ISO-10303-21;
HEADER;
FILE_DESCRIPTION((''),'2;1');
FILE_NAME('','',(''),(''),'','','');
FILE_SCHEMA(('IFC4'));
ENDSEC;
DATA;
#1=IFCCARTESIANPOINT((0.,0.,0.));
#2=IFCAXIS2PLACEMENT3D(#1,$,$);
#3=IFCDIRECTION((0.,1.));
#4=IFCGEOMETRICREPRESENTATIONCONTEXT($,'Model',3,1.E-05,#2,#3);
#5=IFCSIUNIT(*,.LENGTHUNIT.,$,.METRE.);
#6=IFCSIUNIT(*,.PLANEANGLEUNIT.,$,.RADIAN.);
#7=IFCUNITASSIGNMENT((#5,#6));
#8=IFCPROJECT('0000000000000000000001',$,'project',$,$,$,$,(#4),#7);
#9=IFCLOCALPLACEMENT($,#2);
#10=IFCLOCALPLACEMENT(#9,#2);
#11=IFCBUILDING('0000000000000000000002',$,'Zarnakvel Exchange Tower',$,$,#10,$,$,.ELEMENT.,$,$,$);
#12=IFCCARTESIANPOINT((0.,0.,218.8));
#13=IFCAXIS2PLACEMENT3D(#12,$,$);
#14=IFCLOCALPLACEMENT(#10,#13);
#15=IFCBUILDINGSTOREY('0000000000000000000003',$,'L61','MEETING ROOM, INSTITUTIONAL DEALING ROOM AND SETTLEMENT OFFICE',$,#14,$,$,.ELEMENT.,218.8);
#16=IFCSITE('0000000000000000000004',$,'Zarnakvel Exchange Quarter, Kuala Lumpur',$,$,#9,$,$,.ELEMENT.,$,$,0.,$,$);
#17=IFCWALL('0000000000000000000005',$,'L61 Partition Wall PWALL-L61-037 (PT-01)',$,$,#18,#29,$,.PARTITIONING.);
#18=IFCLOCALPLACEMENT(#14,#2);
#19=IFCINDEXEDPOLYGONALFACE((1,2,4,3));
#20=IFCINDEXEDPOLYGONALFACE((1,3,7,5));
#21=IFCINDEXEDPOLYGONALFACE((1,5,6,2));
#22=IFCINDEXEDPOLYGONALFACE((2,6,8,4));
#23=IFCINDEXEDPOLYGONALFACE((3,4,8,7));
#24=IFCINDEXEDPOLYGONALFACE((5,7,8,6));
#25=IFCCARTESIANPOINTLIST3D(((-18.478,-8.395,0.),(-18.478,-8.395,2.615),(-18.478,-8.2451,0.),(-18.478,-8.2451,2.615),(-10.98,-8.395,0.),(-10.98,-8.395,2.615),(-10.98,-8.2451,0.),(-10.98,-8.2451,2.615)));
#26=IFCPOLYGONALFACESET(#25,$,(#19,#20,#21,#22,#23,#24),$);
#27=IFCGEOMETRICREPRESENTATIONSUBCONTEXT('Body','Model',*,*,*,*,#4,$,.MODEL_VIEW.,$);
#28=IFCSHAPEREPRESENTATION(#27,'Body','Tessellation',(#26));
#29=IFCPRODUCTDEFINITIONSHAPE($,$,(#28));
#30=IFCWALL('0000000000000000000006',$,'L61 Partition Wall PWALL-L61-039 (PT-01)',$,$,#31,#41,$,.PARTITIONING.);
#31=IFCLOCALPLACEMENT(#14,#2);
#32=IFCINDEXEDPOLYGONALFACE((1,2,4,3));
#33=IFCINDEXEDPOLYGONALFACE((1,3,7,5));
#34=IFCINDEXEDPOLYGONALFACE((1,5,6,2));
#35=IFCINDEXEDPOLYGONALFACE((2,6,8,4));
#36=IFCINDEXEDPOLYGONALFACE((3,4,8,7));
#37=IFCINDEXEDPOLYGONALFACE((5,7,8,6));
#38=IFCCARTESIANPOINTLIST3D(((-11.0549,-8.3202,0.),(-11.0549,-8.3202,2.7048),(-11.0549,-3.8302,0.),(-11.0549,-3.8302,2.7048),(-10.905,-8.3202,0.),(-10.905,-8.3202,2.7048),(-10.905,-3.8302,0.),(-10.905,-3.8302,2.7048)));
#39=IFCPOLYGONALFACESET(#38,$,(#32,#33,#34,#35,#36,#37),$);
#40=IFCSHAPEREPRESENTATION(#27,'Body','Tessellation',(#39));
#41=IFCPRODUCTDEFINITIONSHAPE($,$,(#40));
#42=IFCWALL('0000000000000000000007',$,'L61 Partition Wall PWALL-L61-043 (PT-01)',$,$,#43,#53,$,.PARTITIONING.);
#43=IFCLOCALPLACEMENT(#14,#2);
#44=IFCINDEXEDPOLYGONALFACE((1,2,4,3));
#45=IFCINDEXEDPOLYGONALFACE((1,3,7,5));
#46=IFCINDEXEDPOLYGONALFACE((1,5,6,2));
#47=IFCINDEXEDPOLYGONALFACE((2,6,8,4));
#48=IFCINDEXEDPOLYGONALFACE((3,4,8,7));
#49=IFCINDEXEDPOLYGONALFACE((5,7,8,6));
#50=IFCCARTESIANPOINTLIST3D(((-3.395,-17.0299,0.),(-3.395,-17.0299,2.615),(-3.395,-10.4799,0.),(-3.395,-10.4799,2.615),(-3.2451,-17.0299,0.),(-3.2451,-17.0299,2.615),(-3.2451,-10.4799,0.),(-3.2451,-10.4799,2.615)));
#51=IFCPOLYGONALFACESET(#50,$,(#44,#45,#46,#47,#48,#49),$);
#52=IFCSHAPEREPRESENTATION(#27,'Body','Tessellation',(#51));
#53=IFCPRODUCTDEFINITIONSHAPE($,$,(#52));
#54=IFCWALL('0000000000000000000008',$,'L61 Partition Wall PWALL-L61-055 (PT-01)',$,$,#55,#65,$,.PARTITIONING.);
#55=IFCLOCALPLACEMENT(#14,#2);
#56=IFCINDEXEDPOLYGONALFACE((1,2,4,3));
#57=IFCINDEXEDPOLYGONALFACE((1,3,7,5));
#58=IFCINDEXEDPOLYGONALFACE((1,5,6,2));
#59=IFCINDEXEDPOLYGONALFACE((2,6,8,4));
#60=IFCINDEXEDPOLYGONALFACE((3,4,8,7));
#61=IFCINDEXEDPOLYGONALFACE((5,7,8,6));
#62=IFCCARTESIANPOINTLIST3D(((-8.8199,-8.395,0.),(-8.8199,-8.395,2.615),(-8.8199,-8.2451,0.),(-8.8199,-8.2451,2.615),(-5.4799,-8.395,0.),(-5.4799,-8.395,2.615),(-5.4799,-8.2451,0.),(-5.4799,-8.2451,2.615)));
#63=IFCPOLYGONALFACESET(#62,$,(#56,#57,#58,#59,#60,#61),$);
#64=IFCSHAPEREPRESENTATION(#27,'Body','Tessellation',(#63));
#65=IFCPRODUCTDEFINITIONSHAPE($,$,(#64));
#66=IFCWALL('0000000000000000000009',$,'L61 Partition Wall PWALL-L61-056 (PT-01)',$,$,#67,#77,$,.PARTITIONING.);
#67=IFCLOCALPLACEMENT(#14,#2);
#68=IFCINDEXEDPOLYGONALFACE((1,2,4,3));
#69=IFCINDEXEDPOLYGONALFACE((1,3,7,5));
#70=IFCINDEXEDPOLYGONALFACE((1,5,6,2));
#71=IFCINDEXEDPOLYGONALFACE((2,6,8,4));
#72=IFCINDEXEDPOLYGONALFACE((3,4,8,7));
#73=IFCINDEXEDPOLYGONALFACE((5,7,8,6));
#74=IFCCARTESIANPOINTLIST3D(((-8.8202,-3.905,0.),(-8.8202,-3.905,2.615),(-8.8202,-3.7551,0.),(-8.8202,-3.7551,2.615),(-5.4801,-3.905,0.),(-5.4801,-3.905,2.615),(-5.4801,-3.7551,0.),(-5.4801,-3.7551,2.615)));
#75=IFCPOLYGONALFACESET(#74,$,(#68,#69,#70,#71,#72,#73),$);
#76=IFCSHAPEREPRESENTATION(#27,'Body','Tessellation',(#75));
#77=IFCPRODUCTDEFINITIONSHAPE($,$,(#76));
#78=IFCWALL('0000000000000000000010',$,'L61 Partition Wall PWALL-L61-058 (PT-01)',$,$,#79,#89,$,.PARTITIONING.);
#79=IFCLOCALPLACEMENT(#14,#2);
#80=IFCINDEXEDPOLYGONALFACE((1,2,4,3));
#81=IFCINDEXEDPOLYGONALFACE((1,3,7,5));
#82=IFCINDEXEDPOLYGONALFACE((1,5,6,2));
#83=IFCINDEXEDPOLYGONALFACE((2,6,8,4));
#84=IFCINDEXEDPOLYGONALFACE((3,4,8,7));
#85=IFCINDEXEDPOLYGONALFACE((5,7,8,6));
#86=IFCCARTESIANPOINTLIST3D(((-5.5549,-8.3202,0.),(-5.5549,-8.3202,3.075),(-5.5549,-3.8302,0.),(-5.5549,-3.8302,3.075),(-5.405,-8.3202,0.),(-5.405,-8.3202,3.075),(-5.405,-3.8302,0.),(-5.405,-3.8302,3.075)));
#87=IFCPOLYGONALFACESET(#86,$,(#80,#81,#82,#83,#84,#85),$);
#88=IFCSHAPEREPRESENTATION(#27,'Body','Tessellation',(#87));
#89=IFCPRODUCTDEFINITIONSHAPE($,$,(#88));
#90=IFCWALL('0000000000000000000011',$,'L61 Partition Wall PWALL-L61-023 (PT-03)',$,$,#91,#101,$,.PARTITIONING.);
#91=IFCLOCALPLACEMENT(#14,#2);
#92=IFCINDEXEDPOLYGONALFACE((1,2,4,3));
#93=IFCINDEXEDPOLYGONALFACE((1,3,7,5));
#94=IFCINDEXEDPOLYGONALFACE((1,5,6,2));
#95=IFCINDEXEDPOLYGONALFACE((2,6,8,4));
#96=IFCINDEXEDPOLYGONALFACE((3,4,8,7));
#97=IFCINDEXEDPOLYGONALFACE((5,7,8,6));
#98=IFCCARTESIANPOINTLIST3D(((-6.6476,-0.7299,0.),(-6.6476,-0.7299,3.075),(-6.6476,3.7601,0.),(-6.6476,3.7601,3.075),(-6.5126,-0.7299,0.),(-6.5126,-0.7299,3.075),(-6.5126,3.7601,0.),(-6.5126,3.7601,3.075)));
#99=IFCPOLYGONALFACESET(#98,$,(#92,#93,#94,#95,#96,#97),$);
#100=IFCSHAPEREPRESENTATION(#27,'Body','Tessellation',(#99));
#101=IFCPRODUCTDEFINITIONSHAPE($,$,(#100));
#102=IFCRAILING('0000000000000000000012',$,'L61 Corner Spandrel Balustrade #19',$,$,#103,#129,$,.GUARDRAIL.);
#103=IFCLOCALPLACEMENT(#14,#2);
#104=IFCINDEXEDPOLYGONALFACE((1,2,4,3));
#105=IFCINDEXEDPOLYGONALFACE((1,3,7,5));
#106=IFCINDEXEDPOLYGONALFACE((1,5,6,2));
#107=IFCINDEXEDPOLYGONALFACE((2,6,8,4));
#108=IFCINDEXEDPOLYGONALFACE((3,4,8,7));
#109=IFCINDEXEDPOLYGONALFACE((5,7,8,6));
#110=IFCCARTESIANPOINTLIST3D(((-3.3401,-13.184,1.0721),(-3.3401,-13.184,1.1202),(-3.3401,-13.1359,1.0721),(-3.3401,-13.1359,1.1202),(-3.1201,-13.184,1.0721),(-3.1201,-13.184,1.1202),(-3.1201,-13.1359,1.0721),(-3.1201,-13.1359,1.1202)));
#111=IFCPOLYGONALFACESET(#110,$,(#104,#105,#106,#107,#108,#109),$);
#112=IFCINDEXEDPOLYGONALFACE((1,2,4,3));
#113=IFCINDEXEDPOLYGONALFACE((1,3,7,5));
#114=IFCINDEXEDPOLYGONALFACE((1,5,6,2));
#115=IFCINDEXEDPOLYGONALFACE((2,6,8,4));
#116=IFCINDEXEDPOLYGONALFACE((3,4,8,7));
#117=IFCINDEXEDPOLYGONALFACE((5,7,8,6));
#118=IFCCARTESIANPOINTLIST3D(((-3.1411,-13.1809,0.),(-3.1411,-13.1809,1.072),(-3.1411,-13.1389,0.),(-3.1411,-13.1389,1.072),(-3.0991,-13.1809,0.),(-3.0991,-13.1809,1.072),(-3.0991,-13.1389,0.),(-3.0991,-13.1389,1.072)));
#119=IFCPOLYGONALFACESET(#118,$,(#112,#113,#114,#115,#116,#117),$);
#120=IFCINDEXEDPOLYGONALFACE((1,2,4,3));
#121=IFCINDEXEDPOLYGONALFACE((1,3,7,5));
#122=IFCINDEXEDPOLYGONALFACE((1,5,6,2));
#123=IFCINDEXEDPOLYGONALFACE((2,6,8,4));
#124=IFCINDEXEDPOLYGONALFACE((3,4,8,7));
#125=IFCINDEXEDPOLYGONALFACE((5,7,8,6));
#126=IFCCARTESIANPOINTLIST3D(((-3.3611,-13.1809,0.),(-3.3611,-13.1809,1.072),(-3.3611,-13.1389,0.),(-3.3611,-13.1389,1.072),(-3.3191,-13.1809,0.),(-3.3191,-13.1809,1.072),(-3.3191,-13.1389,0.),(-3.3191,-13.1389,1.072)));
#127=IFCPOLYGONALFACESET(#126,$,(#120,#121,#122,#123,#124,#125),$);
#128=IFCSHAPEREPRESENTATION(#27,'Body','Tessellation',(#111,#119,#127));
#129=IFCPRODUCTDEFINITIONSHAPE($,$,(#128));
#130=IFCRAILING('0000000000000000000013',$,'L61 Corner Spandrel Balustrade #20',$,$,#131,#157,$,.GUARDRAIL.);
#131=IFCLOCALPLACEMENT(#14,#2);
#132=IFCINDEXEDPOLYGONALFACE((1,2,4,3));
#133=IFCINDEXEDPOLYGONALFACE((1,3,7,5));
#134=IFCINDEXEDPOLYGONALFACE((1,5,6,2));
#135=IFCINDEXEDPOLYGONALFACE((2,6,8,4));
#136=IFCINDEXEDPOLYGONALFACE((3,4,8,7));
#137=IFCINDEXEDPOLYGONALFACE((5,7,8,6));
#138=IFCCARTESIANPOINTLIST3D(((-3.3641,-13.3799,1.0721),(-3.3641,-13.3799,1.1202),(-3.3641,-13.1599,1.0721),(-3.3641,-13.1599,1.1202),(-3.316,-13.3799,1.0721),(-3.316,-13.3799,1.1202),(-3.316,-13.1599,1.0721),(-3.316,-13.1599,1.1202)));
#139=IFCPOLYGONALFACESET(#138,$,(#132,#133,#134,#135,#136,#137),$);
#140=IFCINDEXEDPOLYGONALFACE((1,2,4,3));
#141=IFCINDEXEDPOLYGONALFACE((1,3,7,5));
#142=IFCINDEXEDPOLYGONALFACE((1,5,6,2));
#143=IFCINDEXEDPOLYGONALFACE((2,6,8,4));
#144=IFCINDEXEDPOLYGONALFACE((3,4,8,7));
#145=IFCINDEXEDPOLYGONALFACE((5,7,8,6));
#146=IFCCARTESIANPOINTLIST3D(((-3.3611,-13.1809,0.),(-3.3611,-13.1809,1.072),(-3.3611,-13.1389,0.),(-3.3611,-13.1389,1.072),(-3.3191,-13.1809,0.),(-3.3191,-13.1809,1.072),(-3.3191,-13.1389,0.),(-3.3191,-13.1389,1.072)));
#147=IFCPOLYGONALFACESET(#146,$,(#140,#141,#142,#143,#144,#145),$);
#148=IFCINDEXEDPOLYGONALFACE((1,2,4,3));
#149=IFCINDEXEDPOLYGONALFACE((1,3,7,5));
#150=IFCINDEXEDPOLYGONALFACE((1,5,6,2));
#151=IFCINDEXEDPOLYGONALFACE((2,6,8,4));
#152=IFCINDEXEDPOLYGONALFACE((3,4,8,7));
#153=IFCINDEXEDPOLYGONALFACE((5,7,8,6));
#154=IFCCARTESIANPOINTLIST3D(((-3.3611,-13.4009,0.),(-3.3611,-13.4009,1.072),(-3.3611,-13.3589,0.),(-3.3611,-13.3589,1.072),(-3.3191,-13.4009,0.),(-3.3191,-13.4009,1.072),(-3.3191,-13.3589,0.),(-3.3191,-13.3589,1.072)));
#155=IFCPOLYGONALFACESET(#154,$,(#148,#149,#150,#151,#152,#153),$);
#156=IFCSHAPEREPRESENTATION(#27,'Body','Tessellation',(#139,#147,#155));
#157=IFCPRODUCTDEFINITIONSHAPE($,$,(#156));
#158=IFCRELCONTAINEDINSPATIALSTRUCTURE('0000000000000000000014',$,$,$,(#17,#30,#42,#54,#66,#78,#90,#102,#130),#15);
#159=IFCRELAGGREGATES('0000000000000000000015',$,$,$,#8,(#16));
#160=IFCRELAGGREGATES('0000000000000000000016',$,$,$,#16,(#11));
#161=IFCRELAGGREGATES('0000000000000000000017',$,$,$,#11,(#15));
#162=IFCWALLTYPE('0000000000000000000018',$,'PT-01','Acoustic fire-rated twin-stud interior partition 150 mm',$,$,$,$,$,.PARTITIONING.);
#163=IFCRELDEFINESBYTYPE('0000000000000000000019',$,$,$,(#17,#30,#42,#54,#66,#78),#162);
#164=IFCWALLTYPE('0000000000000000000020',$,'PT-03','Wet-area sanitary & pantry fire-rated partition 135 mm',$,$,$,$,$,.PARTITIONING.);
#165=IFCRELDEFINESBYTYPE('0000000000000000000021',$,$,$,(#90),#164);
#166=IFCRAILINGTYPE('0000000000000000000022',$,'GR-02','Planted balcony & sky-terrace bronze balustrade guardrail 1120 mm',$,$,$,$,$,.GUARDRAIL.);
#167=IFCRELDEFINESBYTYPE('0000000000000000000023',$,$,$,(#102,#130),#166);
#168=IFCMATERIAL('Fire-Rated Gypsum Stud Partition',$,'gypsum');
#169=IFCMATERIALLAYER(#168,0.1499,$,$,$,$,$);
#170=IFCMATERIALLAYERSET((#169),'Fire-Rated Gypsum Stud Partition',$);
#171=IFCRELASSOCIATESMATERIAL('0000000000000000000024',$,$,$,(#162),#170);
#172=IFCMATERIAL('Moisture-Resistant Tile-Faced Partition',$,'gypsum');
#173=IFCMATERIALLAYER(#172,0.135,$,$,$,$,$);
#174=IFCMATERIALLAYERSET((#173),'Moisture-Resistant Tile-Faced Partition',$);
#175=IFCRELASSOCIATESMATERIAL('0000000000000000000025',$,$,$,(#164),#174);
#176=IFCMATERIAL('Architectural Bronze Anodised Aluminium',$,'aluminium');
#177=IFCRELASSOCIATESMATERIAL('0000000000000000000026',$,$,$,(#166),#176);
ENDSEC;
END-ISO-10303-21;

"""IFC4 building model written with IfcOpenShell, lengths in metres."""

from ifc_helpers import new_model, si_unit, direction, frame, frame_2d, origin, origin_2d, place, context, subcontext, project, spatial, rectangle, extrude, material, layer, layer_set, type_object, element, save


model = new_model("IFC4")

# Units and contexts
model_context = context("Model", 3, precision=1e-05, world=origin(), true_north=direction((0.0, 1.0)))
body_context = subcontext(model_context, "Body", "Model", "MODEL_VIEW")
ifc_project = project(units=[si_unit("LENGTHUNIT", "METRE"), si_unit("PLANEANGLEUNIT", "RADIAN")], contexts=[model_context])

# Site, building, storey
site_placement = place(None, origin())
site = spatial("IfcSite", under=ifc_project, at=site_placement, Name="Zarnakvel Exchange Quarter, Kuala Lumpur", CompositionType="ELEMENT", RefElevation=0.0)
building_placement = place(site_placement, origin())
building = spatial("IfcBuilding", under=site, at=building_placement, Name="Zarnakvel Exchange Tower", CompositionType="ELEMENT")
storey_placement = place(building_placement, frame((0.0, 0.0, 218.8)))
storey = spatial("IfcBuildingStorey", under=building, at=storey_placement, Name="L61", Description="MEETING ROOM, INSTITUTIONAL DEALING ROOM AND SETTLEMENT OFFICE", CompositionType="ELEMENT", Elevation=218.8)

# Shared definitions
ifc_material_1 = material(Name="Architectural Bronze Anodised Aluminium", Category="aluminium")

# Walls
ifc_material_2 = material(Name="Fire-Rated Gypsum Stud Partition", Category="gypsum")
ifc_layer_1 = layer(ifc_material_2, 0.1499)
ifc_layer_set_1 = layer_set([ifc_layer_1], Name="Fire-Rated Gypsum Stud Partition")
wall_type_1 = type_object("IfcWallType", Name="PT-01", Description="Acoustic fire-rated twin-stud interior partition 150 mm", PredefinedType="PARTITIONING", material=ifc_layer_set_1)
wall_1_placement = place(storey_placement, frame((-10.98, -8.3201, 0.0), z_axis=(0.0, 0.0, 1.0), x_axis=(-1.0, 0.0, 0.0)))
element("IfcWall", 1, at=wall_1_placement, inside=storey, type_object=wall_type_1, Name="L61 Partition Wall PWALL-L61-037 (PT-01)", PredefinedType="PARTITIONING", context=body_context, shape_type="SweptSolid", body=[
    extrude(rectangle(XDim=7.498, YDim=0.1499, at=frame_2d((3.749, 0.0))), origin(), (0.0, 0.0, 1.0), 2.615),
])
wall_2_placement = place(storey_placement, frame((-10.98, -3.8301, 0.0), z_axis=(0.0, 0.0, 1.0), x_axis=(0.0, -1.0, 0.0)))
element("IfcWall", 2, at=wall_2_placement, inside=storey, type_object=wall_type_1, Name="L61 Partition Wall PWALL-L61-039 (PT-01)", PredefinedType="PARTITIONING", context=body_context, shape_type="SweptSolid", body=[
    extrude(rectangle(XDim=4.49, YDim=0.1499, at=frame_2d((2.2451, 0.0))), origin(), (0.0, 0.0, 1.0), 2.7048),
])
wall_3_placement = place(storey_placement, frame((-3.3201, -10.48, 0.0), z_axis=(0.0, 0.0, 1.0), x_axis=(0.0, -1.0, 0.0)))
element("IfcWall", 3, at=wall_3_placement, inside=storey, type_object=wall_type_1, Name="L61 Partition Wall PWALL-L61-043 (PT-01)", PredefinedType="PARTITIONING", context=body_context, shape_type="SweptSolid", body=[
    extrude(rectangle(XDim=6.55, YDim=0.1499, at=frame_2d((3.2749, 0.0))), origin(), (0.0, 0.0, 1.0), 2.615),
])
for number, where, z_axis, x_axis, name in (
    (4, (-5.48, -8.3201, 0.0), (0.0, 0.0, 1.0), (-1.0, 0.0, 0.0), "L61 Partition Wall PWALL-L61-055 (PT-01)"),
    (5, (-8.8201, -3.8301, 0.0), (0.0, 0.0, 1.0), (1.0, 0.0, 0.0), "L61 Partition Wall PWALL-L61-056 (PT-01)"),
):
    element("IfcWall", number, at=place(storey_placement, frame(where, z_axis=z_axis, x_axis=x_axis)), inside=storey, type_object=wall_type_1, Name=name, PredefinedType="PARTITIONING", context=body_context, shape_type="SweptSolid", body=[
        extrude(rectangle(XDim=3.3401, YDim=0.1499, at=frame_2d((1.6699, 0.0))), origin(), (0.0, 0.0, 1.0), 2.615),
    ])

# Walls
wall_4_placement = place(storey_placement, frame((-5.48, -3.8301, 0.0), z_axis=(0.0, 0.0, 1.0), x_axis=(0.0, -1.0, 0.0)))
element("IfcWall", 6, at=wall_4_placement, inside=storey, type_object=wall_type_1, Name="L61 Partition Wall PWALL-L61-058 (PT-01)", PredefinedType="PARTITIONING", context=body_context, shape_type="SweptSolid", body=[
    extrude(rectangle(XDim=4.49, YDim=0.1499, at=frame_2d((2.2451, 0.0))), origin(), (0.0, 0.0, 1.0), 3.075),
])
ifc_material_3 = material(Name="Moisture-Resistant Tile-Faced Partition", Category="gypsum")
ifc_layer_2 = layer(ifc_material_3, 0.135)
ifc_layer_set_2 = layer_set([ifc_layer_2], Name="Moisture-Resistant Tile-Faced Partition")
wall_type_2 = type_object("IfcWallType", Name="PT-03", Description="Wet-area sanitary & pantry fire-rated partition 135 mm", PredefinedType="PARTITIONING", material=ifc_layer_set_2)
wall_5_placement = place(storey_placement, frame((-6.5801, -0.73, 0.0), z_axis=(0.0, 0.0, 1.0), x_axis=(0.0, 1.0, 0.0)))
element("IfcWall", 7, at=wall_5_placement, inside=storey, type_object=wall_type_2, Name="L61 Partition Wall PWALL-L61-023 (PT-03)", PredefinedType="PARTITIONING", context=body_context, shape_type="SweptSolid", body=[
    extrude(rectangle(XDim=4.49, YDim=0.135, at=frame_2d((2.2451, 0.0))), origin(), (0.0, 0.0, 1.0), 3.075),
])

# Railings
railing_type_1 = type_object("IfcRailingType", Name="GR-02", Description="Planted balcony & sky-terrace bronze balustrade guardrail 1120 mm", PredefinedType="GUARDRAIL", material=ifc_material_1)
railing_1_placement = place(storey_placement, frame((-3.1201, -13.1599, 0.0)))
element("IfcRailing", 8, at=railing_1_placement, inside=storey, type_object=railing_type_1, Name="L61 Corner Spandrel Balustrade #19", PredefinedType="GUARDRAIL", context=body_context, shape_type="SweptSolid", body=[
    extrude(rectangle(XDim=0.0481, YDim=0.0481, at=origin_2d()), frame((0.0, 0.0, 1.0962), z_axis=(-1.0, 0.0, 0.0), x_axis=(0.0, -1.0, 0.0)), (0.0, 0.0, 1.0), 0.22),
    extrude(rectangle(XDim=0.042, YDim=0.042, at=origin_2d()), origin(), (0.0, 0.0, 1.0), 1.072),
    extrude(rectangle(XDim=0.042, YDim=0.042, at=origin_2d()), frame((-0.22, 0.0, 0.0)), (0.0, 0.0, 1.0), 1.072),
])
railing_2_placement = place(storey_placement, frame((-3.3401, -13.1599, 0.0)))
element("IfcRailing", 9, at=railing_2_placement, inside=storey, type_object=railing_type_1, Name="L61 Corner Spandrel Balustrade #20", PredefinedType="GUARDRAIL", context=body_context, shape_type="SweptSolid", body=[
    extrude(rectangle(XDim=0.0481, YDim=0.0481, at=origin_2d()), frame((0.0, 0.0, 1.0962), z_axis=(0.0, -1.0, 0.0), x_axis=(1.0, 0.0, 0.0)), (0.0, 0.0, 1.0), 0.22),
    extrude(rectangle(XDim=0.042, YDim=0.042, at=origin_2d()), origin(), (0.0, 0.0, 1.0), 1.072),
    extrude(rectangle(XDim=0.042, YDim=0.042, at=origin_2d()), frame((0.0, -0.22, 0.0)), (0.0, 0.0, 1.0), 1.072),
])

save(model, "model.ifc")
